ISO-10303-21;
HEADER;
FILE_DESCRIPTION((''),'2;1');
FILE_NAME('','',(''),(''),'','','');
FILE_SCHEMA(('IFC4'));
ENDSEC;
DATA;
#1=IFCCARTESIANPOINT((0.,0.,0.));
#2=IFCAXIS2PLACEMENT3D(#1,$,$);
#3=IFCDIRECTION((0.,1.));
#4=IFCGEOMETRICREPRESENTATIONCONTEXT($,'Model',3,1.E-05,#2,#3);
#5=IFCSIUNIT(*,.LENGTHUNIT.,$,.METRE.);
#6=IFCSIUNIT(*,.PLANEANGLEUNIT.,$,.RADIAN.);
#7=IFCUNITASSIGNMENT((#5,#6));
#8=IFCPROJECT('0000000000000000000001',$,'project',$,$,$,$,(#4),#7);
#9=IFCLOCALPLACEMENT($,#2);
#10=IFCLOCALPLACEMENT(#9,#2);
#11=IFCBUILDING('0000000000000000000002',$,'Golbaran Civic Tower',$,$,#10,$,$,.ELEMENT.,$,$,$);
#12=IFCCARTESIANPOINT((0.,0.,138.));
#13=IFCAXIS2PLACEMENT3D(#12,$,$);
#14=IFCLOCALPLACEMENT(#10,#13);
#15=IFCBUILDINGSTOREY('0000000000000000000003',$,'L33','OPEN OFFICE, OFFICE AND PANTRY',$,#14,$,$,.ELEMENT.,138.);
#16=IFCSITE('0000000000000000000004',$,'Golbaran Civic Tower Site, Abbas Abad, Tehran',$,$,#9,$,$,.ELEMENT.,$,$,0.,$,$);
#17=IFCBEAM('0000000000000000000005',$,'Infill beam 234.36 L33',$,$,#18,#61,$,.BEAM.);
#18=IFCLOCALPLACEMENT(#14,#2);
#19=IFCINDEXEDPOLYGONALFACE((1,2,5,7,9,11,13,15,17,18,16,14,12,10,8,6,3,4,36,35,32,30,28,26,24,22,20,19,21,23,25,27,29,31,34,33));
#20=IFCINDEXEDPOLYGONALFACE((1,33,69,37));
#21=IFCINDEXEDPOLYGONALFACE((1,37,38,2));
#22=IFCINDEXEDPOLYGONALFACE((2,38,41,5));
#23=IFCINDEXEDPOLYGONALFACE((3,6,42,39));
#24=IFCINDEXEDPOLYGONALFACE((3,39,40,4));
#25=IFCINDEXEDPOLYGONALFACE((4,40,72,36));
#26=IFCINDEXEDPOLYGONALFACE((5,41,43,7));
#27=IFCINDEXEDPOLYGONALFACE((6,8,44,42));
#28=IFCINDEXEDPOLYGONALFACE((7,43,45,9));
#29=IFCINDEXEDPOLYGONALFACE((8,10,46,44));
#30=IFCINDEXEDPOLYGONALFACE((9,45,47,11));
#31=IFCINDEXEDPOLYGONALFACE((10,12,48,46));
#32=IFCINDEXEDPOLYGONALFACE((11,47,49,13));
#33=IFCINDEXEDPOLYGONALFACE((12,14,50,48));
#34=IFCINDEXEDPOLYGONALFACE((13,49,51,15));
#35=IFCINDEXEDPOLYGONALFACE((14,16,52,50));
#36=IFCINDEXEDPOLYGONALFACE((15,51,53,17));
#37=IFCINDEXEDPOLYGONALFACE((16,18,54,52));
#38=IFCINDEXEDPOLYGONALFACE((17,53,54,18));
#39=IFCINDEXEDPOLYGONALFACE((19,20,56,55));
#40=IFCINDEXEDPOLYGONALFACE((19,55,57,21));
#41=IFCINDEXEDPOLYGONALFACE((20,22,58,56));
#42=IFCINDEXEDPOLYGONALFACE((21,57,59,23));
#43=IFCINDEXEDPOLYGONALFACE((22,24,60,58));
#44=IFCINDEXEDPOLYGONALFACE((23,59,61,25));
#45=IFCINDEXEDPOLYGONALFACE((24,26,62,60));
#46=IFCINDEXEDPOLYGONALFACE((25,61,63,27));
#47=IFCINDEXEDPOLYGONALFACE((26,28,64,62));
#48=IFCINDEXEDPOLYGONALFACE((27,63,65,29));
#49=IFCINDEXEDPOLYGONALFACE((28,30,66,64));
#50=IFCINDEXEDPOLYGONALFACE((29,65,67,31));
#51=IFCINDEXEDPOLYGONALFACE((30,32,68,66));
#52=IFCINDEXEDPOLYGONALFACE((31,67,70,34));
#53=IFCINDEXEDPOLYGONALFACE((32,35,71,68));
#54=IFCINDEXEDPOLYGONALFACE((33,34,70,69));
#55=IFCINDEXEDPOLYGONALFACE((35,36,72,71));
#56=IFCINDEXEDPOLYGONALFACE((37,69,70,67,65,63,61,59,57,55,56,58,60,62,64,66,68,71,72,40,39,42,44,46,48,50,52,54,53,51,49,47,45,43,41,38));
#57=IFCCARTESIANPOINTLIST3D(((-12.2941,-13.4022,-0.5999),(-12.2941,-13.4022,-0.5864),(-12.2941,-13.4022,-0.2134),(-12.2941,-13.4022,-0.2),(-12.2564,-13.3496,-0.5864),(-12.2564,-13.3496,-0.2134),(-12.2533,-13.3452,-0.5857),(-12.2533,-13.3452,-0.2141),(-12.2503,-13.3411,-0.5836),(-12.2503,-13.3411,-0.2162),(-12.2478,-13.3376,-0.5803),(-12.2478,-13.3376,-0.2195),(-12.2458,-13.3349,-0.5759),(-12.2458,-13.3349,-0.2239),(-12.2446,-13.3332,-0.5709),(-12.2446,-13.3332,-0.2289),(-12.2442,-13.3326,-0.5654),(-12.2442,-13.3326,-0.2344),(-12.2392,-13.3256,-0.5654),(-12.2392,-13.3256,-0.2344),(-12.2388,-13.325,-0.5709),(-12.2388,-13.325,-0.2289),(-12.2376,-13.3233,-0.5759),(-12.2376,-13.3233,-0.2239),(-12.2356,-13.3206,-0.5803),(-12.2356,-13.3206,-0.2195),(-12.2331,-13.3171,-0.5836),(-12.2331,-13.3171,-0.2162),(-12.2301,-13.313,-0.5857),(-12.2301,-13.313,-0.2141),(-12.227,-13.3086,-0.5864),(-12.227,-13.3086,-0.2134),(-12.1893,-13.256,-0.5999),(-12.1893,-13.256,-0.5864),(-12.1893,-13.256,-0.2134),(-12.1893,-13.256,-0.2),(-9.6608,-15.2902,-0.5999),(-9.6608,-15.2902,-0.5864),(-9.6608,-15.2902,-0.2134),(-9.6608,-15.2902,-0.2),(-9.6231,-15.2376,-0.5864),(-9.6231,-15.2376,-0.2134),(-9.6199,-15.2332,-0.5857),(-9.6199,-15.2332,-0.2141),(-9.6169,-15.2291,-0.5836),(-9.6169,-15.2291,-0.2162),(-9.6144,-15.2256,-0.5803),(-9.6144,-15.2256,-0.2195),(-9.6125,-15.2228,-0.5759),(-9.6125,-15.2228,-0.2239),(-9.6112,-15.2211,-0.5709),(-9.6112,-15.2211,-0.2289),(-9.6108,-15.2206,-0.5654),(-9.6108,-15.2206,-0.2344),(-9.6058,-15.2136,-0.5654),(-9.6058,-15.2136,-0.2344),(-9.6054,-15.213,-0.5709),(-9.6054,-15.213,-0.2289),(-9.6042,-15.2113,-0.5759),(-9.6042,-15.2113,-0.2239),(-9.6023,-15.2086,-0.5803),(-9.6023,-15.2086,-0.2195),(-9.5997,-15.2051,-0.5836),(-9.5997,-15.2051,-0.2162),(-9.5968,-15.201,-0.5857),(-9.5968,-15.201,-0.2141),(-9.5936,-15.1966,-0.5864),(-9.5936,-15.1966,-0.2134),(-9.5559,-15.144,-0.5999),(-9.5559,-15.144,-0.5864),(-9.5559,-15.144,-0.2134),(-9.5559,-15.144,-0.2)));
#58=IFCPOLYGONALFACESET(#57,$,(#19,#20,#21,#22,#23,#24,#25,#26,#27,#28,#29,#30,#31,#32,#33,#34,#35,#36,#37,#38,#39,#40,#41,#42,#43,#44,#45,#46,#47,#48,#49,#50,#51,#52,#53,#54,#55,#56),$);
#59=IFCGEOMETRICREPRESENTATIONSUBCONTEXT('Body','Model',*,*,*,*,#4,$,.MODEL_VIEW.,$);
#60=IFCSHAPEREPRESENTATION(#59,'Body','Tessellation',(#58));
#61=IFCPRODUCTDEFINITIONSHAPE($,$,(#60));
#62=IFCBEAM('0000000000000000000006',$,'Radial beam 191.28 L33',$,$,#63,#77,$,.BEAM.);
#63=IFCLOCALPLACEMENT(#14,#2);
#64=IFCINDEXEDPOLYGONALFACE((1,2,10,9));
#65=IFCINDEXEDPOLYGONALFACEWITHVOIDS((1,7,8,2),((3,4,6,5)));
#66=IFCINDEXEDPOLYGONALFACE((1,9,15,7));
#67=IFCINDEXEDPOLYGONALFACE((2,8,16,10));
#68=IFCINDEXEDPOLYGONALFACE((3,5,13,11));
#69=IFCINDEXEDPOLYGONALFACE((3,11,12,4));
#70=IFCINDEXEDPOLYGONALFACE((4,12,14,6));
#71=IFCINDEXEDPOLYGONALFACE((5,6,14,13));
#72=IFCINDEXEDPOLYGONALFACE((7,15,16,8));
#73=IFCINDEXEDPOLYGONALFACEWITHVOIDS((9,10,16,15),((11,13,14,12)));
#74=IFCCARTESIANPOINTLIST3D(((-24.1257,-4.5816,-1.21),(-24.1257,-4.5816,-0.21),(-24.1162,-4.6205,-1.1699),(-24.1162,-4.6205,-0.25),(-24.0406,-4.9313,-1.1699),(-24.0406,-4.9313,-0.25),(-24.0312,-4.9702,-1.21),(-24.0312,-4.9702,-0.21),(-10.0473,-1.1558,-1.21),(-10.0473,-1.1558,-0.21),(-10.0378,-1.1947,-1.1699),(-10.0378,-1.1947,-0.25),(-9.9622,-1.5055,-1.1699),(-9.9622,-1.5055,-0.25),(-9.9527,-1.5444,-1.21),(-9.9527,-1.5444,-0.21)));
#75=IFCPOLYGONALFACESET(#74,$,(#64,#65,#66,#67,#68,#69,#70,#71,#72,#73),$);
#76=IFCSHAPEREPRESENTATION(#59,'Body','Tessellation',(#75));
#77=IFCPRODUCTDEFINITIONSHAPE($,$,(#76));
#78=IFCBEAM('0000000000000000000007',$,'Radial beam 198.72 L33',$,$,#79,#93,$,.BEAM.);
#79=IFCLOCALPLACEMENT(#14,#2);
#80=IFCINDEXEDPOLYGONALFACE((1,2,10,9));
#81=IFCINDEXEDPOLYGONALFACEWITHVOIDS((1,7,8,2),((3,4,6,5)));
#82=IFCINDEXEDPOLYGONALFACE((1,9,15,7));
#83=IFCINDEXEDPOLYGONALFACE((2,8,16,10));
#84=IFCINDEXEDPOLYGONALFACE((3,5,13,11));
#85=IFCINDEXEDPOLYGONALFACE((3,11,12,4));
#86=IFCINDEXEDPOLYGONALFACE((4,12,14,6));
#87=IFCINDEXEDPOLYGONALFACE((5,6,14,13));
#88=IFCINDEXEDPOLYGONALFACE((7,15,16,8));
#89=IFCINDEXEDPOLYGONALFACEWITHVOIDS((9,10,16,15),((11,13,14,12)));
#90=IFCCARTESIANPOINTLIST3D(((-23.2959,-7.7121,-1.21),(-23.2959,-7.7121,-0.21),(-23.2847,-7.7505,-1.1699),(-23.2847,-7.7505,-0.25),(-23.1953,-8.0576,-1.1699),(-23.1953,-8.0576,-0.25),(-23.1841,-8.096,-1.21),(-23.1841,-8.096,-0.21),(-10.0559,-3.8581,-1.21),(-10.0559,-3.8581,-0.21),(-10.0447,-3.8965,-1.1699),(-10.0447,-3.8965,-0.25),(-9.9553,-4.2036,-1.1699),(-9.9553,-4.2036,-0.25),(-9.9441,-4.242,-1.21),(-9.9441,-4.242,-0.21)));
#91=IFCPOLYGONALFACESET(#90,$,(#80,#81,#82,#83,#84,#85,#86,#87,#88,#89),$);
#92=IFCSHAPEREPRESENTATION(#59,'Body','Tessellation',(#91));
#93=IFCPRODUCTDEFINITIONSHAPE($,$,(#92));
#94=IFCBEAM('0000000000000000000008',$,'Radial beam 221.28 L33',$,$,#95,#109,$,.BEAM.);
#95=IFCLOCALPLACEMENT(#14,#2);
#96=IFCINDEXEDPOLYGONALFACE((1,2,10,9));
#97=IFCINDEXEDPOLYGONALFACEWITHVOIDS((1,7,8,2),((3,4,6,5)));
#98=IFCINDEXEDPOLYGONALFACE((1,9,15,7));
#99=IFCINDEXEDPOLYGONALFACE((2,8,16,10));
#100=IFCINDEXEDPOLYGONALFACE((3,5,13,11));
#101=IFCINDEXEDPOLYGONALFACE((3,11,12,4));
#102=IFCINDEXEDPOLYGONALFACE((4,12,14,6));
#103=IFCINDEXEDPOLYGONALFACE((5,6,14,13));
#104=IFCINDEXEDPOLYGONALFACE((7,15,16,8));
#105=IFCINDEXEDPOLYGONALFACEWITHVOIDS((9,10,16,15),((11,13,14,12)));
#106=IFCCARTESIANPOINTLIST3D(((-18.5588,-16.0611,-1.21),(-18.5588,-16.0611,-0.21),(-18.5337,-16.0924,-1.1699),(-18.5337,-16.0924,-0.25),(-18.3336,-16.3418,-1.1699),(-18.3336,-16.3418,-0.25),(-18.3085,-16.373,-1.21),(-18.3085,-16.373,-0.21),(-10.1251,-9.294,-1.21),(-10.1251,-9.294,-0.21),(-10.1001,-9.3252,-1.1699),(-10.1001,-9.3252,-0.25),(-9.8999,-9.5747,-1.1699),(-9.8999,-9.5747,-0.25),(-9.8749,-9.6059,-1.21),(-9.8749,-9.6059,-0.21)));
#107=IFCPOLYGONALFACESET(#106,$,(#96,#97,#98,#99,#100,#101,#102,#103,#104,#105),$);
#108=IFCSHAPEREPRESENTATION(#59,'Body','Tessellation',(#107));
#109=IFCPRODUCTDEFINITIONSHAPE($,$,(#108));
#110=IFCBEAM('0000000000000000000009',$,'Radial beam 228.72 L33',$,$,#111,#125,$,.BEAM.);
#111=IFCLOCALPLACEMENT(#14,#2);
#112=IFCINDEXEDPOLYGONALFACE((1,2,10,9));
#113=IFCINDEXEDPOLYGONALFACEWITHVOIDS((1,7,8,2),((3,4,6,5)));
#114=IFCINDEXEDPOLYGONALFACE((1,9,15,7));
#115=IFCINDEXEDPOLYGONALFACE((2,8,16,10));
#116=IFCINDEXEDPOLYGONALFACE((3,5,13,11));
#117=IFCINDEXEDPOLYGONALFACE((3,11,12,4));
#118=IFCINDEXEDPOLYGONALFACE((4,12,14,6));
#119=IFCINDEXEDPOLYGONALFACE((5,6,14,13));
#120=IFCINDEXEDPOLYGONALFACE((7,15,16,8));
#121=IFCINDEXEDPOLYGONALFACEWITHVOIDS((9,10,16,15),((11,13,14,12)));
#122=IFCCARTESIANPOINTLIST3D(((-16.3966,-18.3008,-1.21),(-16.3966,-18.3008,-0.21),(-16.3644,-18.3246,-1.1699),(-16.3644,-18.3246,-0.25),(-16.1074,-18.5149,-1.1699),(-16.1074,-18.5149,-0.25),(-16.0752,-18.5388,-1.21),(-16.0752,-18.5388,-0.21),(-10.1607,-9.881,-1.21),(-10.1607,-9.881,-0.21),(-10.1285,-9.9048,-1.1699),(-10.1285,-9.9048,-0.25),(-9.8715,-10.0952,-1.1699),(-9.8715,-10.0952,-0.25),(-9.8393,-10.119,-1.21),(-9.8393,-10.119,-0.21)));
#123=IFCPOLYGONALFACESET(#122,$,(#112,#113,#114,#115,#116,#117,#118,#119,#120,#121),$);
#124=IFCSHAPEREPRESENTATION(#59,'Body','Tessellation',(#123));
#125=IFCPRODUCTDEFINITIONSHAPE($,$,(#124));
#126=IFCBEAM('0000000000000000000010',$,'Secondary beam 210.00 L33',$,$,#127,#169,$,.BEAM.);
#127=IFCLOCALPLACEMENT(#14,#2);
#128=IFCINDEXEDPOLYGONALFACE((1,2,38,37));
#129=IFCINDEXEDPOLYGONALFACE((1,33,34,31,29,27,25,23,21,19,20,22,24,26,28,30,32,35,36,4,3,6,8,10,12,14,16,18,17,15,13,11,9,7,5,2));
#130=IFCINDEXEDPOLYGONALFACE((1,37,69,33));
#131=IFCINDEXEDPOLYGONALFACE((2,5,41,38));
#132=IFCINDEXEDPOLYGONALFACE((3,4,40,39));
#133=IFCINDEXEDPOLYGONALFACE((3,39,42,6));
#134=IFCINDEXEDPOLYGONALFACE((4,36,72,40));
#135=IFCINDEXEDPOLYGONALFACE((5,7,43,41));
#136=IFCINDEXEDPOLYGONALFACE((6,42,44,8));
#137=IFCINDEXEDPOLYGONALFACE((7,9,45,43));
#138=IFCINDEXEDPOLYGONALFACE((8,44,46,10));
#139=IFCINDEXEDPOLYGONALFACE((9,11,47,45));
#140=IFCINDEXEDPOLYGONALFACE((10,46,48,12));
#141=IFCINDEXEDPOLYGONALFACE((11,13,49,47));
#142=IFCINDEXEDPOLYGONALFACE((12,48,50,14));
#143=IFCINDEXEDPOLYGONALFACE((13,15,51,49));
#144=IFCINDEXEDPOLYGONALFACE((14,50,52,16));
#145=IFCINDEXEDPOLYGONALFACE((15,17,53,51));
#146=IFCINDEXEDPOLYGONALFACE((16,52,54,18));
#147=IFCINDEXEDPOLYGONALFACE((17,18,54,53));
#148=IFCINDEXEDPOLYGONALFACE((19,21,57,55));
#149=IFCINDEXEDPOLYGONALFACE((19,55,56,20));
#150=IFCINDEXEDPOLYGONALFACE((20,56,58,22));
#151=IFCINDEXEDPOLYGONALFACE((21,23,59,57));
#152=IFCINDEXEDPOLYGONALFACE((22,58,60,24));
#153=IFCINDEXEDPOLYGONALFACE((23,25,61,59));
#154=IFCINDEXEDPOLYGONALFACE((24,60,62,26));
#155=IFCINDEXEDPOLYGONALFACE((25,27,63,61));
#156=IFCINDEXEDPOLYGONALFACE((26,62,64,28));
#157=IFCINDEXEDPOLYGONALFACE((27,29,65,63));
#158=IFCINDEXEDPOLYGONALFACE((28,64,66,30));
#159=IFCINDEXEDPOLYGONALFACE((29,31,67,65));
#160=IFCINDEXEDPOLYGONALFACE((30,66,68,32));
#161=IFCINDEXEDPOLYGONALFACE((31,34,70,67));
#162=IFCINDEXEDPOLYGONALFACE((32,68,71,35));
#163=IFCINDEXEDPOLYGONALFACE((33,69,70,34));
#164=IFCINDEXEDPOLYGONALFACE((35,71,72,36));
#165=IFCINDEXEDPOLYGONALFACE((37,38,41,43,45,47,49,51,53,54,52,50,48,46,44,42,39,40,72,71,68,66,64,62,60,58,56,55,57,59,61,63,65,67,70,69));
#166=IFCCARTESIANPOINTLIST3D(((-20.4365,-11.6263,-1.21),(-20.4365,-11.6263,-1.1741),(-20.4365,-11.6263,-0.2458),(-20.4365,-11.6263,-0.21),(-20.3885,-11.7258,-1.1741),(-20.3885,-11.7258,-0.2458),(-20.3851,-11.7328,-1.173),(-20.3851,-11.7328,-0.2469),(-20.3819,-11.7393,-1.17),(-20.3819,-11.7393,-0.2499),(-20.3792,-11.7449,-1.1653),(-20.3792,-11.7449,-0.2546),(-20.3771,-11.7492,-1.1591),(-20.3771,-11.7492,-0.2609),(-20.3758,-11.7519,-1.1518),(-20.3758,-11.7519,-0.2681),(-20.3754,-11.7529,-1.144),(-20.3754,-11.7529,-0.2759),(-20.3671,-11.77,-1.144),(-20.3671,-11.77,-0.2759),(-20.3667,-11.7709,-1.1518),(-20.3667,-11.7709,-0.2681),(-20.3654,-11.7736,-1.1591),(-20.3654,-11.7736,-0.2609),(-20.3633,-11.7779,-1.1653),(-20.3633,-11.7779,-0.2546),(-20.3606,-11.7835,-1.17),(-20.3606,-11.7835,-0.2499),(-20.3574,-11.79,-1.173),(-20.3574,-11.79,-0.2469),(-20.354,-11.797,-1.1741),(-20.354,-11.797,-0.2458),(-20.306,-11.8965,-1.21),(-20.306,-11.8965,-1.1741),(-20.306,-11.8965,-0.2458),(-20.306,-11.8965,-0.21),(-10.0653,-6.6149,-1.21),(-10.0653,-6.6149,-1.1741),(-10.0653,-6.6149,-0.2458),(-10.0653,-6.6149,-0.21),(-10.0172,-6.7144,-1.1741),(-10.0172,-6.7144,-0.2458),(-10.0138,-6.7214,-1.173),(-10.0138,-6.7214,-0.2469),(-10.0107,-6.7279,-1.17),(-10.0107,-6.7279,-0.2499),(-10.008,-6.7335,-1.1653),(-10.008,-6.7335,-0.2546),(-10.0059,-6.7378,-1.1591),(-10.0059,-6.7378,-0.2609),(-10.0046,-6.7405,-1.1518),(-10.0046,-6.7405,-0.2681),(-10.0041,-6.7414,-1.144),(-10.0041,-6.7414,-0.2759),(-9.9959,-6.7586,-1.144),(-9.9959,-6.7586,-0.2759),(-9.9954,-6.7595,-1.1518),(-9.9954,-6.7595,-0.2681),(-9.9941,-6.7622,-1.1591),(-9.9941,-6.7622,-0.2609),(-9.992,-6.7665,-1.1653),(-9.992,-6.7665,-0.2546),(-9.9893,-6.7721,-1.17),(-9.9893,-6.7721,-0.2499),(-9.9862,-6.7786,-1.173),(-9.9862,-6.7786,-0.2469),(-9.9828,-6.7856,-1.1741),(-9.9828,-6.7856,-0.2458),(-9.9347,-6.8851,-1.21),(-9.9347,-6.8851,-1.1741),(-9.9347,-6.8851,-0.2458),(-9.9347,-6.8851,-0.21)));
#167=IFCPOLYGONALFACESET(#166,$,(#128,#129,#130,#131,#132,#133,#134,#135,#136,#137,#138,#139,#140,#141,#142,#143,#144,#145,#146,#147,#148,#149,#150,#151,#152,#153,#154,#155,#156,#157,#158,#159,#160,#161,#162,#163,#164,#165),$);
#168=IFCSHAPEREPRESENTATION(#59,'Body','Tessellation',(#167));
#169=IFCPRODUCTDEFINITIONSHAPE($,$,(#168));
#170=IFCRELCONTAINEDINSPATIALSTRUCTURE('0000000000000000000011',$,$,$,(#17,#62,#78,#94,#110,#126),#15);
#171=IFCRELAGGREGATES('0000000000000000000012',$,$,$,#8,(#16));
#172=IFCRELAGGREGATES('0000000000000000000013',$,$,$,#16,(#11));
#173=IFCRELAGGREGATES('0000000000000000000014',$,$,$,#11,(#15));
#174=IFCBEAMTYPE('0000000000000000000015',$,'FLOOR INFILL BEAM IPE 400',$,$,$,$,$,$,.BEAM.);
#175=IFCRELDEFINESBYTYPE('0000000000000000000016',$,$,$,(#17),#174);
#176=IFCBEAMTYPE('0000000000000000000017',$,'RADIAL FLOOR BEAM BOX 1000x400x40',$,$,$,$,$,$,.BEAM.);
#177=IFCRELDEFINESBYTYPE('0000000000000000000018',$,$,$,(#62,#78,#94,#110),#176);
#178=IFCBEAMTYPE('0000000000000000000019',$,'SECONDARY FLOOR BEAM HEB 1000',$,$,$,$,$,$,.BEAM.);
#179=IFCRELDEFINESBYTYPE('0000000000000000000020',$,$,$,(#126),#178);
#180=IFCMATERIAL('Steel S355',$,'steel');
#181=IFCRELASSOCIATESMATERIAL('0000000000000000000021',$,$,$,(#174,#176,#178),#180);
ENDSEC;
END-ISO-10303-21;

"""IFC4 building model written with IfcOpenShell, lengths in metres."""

from ifc_helpers import new_model, si_unit, direction, frame, origin, origin_2d, place, context, subcontext, project, spatial, hollow_rectangle, i_section, extrude, material, material_profile, profile_set, type_object, element, save


model = new_model("IFC4")

# Units and contexts
model_context = context("Model", 3, precision=1e-05, world=origin(), true_north=direction((0.0, 1.0)))
body_context = subcontext(model_context, "Body", "Model", "MODEL_VIEW")
ifc_project = project(units=[si_unit("LENGTHUNIT", "METRE"), si_unit("PLANEANGLEUNIT", "RADIAN")], contexts=[model_context])

# Site, building, storey
site_placement = place(None, origin())
site = spatial("IfcSite", under=ifc_project, at=site_placement, Name="Golbaran Civic Tower Site, Abbas Abad, Tehran", CompositionType="ELEMENT", RefElevation=0.0)
building_placement = place(site_placement, origin())
building = spatial("IfcBuilding", under=site, at=building_placement, Name="Golbaran Civic Tower", CompositionType="ELEMENT")
storey_placement = place(building_placement, frame((0.0, 0.0, 138.0)))
storey = spatial("IfcBuildingStorey", under=building, at=storey_placement, Name="L33", Description="OPEN OFFICE, OFFICE AND PANTRY", CompositionType="ELEMENT", Elevation=138.0)

# Beams
ifc_material_1 = material(Name="Steel S355", Category="steel")
ifc_material_profile_1 = material_profile(ifc_material_1, i_section(OverallWidth=0.1799, OverallDepth=0.3999, WebThickness=0.0085, FlangeThickness=0.0134, FilletRadius=0.021, at=origin_2d()), Name="IPE 400")
ifc_profile_set_1 = profile_set([ifc_material_profile_1], Name="Steel S355")
beam_type_1 = type_object("IfcBeamType", Name="FLOOR INFILL BEAM IPE 400", PredefinedType="BEAM", material=ifc_profile_set_1)
beam_1_placement = place(storey_placement, frame((-12.2417, -13.3291, -0.3999), z_axis=(0.812709, -0.58267, 0.0), x_axis=(0.58267, 0.812709, 0.0)))
element("IfcBeam", 1, at=beam_1_placement, inside=storey, type_object=beam_type_1, Name="Infill beam 234.36 L33", PredefinedType="BEAM", context=body_context, shape_type="SweptSolid", body=[
    extrude(i_section(OverallWidth=0.1799, OverallDepth=0.3999, WebThickness=0.0085, FlangeThickness=0.0134, FilletRadius=0.021, at=origin_2d()), origin(), (0.0, 0.0, 1.0), 3.2402),
])
ifc_material_profile_2 = material_profile(ifc_material_1, hollow_rectangle(XDim=0.3999, YDim=1.0, WallThickness=0.04, at=origin_2d()), Name="BOX 1000x400x40")
ifc_profile_set_2 = profile_set([ifc_material_profile_2], Name="Steel S355")
beam_type_2 = type_object("IfcBeamType", Name="RADIAL FLOOR BEAM BOX 1000x400x40", PredefinedType="BEAM", material=ifc_profile_set_2)
beam_2_placement = place(storey_placement, frame((-10.0, -1.3501, -0.71), z_axis=(-0.971647, -0.236437, 0.0), x_axis=(0.236437, -0.971647, 0.0)))
element("IfcBeam", 2, at=beam_2_placement, inside=storey, type_object=beam_type_2, Name="Radial beam 191.28 L33", PredefinedType="BEAM", context=body_context, shape_type="SweptSolid", body=[
    extrude(hollow_rectangle(XDim=0.3999, YDim=1.0, WallThickness=0.04, at=origin_2d()), origin(), (0.0, 0.0, 1.0), 14.4893),
])
beam_3_placement = place(storey_placement, frame((-10.0, -4.05, -0.71), z_axis=(-0.960149, -0.279488, 0.0), x_axis=(0.279488, -0.960149, 0.0)))
element("IfcBeam", 3, at=beam_3_placement, inside=storey, type_object=beam_type_2, Name="Radial beam 198.72 L33", PredefinedType="BEAM", context=body_context, shape_type="SweptSolid", body=[
    extrude(hollow_rectangle(XDim=0.3999, YDim=1.0, WallThickness=0.04, at=origin_2d()), origin(), (0.0, 0.0, 1.0), 13.7896),
])
beam_4_placement = place(storey_placement, frame((-10.0, -9.45, -0.71), z_axis=(-0.779956, -0.625834, 0.0), x_axis=(0.625834, -0.779956, 0.0)))
element("IfcBeam", 4, at=beam_4_placement, inside=storey, type_object=beam_type_2, Name="Radial beam 221.28 L33", PredefinedType="BEAM", context=body_context, shape_type="SweptSolid", body=[
    extrude(hollow_rectangle(XDim=0.3999, YDim=1.0, WallThickness=0.04, at=origin_2d()), origin(), (0.0, 0.0, 1.0), 10.813),
])
beam_5_placement = place(storey_placement, frame((-10.0, -10.0, -0.71), z_axis=(-0.595168, -0.803601, 0.0), x_axis=(0.803601, -0.595168, 0.0)))
element("IfcBeam", 5, at=beam_5_placement, inside=storey, type_object=beam_type_2, Name="Radial beam 228.72 L33", PredefinedType="BEAM", context=body_context, shape_type="SweptSolid", body=[
    extrude(hollow_rectangle(XDim=0.3999, YDim=1.0, WallThickness=0.04, at=origin_2d()), origin(), (0.0, 0.0, 1.0), 10.4775),
])
ifc_material_profile_3 = material_profile(ifc_material_1, i_section(OverallWidth=0.3, OverallDepth=1.0, WebThickness=0.019, FlangeThickness=0.0359, FilletRadius=0.03, at=origin_2d()), Name="HEB 1000")
ifc_profile_set_3 = profile_set([ifc_material_profile_3], Name="Steel S355")
beam_type_3 = type_object("IfcBeamType", Name="SECONDARY FLOOR BEAM HEB 1000", PredefinedType="BEAM", material=ifc_profile_set_3)
beam_6_placement = place(storey_placement, frame((-10.0, -6.75, -0.71), z_axis=(-0.900394, -0.435074, 0.0), x_axis=(0.435074, -0.900394, 0.0)))
element("IfcBeam", 6, at=beam_6_placement, inside=storey, type_object=beam_type_3, Name="Secondary beam 210.00 L33", PredefinedType="BEAM", context=body_context, shape_type="SweptSolid", body=[
    extrude(i_section(OverallWidth=0.3, OverallDepth=1.0, WebThickness=0.019, FlangeThickness=0.0359, FilletRadius=0.03, at=origin_2d()), origin(), (0.0, 0.0, 1.0), 11.5186),
])

save(model, "model.ifc")
